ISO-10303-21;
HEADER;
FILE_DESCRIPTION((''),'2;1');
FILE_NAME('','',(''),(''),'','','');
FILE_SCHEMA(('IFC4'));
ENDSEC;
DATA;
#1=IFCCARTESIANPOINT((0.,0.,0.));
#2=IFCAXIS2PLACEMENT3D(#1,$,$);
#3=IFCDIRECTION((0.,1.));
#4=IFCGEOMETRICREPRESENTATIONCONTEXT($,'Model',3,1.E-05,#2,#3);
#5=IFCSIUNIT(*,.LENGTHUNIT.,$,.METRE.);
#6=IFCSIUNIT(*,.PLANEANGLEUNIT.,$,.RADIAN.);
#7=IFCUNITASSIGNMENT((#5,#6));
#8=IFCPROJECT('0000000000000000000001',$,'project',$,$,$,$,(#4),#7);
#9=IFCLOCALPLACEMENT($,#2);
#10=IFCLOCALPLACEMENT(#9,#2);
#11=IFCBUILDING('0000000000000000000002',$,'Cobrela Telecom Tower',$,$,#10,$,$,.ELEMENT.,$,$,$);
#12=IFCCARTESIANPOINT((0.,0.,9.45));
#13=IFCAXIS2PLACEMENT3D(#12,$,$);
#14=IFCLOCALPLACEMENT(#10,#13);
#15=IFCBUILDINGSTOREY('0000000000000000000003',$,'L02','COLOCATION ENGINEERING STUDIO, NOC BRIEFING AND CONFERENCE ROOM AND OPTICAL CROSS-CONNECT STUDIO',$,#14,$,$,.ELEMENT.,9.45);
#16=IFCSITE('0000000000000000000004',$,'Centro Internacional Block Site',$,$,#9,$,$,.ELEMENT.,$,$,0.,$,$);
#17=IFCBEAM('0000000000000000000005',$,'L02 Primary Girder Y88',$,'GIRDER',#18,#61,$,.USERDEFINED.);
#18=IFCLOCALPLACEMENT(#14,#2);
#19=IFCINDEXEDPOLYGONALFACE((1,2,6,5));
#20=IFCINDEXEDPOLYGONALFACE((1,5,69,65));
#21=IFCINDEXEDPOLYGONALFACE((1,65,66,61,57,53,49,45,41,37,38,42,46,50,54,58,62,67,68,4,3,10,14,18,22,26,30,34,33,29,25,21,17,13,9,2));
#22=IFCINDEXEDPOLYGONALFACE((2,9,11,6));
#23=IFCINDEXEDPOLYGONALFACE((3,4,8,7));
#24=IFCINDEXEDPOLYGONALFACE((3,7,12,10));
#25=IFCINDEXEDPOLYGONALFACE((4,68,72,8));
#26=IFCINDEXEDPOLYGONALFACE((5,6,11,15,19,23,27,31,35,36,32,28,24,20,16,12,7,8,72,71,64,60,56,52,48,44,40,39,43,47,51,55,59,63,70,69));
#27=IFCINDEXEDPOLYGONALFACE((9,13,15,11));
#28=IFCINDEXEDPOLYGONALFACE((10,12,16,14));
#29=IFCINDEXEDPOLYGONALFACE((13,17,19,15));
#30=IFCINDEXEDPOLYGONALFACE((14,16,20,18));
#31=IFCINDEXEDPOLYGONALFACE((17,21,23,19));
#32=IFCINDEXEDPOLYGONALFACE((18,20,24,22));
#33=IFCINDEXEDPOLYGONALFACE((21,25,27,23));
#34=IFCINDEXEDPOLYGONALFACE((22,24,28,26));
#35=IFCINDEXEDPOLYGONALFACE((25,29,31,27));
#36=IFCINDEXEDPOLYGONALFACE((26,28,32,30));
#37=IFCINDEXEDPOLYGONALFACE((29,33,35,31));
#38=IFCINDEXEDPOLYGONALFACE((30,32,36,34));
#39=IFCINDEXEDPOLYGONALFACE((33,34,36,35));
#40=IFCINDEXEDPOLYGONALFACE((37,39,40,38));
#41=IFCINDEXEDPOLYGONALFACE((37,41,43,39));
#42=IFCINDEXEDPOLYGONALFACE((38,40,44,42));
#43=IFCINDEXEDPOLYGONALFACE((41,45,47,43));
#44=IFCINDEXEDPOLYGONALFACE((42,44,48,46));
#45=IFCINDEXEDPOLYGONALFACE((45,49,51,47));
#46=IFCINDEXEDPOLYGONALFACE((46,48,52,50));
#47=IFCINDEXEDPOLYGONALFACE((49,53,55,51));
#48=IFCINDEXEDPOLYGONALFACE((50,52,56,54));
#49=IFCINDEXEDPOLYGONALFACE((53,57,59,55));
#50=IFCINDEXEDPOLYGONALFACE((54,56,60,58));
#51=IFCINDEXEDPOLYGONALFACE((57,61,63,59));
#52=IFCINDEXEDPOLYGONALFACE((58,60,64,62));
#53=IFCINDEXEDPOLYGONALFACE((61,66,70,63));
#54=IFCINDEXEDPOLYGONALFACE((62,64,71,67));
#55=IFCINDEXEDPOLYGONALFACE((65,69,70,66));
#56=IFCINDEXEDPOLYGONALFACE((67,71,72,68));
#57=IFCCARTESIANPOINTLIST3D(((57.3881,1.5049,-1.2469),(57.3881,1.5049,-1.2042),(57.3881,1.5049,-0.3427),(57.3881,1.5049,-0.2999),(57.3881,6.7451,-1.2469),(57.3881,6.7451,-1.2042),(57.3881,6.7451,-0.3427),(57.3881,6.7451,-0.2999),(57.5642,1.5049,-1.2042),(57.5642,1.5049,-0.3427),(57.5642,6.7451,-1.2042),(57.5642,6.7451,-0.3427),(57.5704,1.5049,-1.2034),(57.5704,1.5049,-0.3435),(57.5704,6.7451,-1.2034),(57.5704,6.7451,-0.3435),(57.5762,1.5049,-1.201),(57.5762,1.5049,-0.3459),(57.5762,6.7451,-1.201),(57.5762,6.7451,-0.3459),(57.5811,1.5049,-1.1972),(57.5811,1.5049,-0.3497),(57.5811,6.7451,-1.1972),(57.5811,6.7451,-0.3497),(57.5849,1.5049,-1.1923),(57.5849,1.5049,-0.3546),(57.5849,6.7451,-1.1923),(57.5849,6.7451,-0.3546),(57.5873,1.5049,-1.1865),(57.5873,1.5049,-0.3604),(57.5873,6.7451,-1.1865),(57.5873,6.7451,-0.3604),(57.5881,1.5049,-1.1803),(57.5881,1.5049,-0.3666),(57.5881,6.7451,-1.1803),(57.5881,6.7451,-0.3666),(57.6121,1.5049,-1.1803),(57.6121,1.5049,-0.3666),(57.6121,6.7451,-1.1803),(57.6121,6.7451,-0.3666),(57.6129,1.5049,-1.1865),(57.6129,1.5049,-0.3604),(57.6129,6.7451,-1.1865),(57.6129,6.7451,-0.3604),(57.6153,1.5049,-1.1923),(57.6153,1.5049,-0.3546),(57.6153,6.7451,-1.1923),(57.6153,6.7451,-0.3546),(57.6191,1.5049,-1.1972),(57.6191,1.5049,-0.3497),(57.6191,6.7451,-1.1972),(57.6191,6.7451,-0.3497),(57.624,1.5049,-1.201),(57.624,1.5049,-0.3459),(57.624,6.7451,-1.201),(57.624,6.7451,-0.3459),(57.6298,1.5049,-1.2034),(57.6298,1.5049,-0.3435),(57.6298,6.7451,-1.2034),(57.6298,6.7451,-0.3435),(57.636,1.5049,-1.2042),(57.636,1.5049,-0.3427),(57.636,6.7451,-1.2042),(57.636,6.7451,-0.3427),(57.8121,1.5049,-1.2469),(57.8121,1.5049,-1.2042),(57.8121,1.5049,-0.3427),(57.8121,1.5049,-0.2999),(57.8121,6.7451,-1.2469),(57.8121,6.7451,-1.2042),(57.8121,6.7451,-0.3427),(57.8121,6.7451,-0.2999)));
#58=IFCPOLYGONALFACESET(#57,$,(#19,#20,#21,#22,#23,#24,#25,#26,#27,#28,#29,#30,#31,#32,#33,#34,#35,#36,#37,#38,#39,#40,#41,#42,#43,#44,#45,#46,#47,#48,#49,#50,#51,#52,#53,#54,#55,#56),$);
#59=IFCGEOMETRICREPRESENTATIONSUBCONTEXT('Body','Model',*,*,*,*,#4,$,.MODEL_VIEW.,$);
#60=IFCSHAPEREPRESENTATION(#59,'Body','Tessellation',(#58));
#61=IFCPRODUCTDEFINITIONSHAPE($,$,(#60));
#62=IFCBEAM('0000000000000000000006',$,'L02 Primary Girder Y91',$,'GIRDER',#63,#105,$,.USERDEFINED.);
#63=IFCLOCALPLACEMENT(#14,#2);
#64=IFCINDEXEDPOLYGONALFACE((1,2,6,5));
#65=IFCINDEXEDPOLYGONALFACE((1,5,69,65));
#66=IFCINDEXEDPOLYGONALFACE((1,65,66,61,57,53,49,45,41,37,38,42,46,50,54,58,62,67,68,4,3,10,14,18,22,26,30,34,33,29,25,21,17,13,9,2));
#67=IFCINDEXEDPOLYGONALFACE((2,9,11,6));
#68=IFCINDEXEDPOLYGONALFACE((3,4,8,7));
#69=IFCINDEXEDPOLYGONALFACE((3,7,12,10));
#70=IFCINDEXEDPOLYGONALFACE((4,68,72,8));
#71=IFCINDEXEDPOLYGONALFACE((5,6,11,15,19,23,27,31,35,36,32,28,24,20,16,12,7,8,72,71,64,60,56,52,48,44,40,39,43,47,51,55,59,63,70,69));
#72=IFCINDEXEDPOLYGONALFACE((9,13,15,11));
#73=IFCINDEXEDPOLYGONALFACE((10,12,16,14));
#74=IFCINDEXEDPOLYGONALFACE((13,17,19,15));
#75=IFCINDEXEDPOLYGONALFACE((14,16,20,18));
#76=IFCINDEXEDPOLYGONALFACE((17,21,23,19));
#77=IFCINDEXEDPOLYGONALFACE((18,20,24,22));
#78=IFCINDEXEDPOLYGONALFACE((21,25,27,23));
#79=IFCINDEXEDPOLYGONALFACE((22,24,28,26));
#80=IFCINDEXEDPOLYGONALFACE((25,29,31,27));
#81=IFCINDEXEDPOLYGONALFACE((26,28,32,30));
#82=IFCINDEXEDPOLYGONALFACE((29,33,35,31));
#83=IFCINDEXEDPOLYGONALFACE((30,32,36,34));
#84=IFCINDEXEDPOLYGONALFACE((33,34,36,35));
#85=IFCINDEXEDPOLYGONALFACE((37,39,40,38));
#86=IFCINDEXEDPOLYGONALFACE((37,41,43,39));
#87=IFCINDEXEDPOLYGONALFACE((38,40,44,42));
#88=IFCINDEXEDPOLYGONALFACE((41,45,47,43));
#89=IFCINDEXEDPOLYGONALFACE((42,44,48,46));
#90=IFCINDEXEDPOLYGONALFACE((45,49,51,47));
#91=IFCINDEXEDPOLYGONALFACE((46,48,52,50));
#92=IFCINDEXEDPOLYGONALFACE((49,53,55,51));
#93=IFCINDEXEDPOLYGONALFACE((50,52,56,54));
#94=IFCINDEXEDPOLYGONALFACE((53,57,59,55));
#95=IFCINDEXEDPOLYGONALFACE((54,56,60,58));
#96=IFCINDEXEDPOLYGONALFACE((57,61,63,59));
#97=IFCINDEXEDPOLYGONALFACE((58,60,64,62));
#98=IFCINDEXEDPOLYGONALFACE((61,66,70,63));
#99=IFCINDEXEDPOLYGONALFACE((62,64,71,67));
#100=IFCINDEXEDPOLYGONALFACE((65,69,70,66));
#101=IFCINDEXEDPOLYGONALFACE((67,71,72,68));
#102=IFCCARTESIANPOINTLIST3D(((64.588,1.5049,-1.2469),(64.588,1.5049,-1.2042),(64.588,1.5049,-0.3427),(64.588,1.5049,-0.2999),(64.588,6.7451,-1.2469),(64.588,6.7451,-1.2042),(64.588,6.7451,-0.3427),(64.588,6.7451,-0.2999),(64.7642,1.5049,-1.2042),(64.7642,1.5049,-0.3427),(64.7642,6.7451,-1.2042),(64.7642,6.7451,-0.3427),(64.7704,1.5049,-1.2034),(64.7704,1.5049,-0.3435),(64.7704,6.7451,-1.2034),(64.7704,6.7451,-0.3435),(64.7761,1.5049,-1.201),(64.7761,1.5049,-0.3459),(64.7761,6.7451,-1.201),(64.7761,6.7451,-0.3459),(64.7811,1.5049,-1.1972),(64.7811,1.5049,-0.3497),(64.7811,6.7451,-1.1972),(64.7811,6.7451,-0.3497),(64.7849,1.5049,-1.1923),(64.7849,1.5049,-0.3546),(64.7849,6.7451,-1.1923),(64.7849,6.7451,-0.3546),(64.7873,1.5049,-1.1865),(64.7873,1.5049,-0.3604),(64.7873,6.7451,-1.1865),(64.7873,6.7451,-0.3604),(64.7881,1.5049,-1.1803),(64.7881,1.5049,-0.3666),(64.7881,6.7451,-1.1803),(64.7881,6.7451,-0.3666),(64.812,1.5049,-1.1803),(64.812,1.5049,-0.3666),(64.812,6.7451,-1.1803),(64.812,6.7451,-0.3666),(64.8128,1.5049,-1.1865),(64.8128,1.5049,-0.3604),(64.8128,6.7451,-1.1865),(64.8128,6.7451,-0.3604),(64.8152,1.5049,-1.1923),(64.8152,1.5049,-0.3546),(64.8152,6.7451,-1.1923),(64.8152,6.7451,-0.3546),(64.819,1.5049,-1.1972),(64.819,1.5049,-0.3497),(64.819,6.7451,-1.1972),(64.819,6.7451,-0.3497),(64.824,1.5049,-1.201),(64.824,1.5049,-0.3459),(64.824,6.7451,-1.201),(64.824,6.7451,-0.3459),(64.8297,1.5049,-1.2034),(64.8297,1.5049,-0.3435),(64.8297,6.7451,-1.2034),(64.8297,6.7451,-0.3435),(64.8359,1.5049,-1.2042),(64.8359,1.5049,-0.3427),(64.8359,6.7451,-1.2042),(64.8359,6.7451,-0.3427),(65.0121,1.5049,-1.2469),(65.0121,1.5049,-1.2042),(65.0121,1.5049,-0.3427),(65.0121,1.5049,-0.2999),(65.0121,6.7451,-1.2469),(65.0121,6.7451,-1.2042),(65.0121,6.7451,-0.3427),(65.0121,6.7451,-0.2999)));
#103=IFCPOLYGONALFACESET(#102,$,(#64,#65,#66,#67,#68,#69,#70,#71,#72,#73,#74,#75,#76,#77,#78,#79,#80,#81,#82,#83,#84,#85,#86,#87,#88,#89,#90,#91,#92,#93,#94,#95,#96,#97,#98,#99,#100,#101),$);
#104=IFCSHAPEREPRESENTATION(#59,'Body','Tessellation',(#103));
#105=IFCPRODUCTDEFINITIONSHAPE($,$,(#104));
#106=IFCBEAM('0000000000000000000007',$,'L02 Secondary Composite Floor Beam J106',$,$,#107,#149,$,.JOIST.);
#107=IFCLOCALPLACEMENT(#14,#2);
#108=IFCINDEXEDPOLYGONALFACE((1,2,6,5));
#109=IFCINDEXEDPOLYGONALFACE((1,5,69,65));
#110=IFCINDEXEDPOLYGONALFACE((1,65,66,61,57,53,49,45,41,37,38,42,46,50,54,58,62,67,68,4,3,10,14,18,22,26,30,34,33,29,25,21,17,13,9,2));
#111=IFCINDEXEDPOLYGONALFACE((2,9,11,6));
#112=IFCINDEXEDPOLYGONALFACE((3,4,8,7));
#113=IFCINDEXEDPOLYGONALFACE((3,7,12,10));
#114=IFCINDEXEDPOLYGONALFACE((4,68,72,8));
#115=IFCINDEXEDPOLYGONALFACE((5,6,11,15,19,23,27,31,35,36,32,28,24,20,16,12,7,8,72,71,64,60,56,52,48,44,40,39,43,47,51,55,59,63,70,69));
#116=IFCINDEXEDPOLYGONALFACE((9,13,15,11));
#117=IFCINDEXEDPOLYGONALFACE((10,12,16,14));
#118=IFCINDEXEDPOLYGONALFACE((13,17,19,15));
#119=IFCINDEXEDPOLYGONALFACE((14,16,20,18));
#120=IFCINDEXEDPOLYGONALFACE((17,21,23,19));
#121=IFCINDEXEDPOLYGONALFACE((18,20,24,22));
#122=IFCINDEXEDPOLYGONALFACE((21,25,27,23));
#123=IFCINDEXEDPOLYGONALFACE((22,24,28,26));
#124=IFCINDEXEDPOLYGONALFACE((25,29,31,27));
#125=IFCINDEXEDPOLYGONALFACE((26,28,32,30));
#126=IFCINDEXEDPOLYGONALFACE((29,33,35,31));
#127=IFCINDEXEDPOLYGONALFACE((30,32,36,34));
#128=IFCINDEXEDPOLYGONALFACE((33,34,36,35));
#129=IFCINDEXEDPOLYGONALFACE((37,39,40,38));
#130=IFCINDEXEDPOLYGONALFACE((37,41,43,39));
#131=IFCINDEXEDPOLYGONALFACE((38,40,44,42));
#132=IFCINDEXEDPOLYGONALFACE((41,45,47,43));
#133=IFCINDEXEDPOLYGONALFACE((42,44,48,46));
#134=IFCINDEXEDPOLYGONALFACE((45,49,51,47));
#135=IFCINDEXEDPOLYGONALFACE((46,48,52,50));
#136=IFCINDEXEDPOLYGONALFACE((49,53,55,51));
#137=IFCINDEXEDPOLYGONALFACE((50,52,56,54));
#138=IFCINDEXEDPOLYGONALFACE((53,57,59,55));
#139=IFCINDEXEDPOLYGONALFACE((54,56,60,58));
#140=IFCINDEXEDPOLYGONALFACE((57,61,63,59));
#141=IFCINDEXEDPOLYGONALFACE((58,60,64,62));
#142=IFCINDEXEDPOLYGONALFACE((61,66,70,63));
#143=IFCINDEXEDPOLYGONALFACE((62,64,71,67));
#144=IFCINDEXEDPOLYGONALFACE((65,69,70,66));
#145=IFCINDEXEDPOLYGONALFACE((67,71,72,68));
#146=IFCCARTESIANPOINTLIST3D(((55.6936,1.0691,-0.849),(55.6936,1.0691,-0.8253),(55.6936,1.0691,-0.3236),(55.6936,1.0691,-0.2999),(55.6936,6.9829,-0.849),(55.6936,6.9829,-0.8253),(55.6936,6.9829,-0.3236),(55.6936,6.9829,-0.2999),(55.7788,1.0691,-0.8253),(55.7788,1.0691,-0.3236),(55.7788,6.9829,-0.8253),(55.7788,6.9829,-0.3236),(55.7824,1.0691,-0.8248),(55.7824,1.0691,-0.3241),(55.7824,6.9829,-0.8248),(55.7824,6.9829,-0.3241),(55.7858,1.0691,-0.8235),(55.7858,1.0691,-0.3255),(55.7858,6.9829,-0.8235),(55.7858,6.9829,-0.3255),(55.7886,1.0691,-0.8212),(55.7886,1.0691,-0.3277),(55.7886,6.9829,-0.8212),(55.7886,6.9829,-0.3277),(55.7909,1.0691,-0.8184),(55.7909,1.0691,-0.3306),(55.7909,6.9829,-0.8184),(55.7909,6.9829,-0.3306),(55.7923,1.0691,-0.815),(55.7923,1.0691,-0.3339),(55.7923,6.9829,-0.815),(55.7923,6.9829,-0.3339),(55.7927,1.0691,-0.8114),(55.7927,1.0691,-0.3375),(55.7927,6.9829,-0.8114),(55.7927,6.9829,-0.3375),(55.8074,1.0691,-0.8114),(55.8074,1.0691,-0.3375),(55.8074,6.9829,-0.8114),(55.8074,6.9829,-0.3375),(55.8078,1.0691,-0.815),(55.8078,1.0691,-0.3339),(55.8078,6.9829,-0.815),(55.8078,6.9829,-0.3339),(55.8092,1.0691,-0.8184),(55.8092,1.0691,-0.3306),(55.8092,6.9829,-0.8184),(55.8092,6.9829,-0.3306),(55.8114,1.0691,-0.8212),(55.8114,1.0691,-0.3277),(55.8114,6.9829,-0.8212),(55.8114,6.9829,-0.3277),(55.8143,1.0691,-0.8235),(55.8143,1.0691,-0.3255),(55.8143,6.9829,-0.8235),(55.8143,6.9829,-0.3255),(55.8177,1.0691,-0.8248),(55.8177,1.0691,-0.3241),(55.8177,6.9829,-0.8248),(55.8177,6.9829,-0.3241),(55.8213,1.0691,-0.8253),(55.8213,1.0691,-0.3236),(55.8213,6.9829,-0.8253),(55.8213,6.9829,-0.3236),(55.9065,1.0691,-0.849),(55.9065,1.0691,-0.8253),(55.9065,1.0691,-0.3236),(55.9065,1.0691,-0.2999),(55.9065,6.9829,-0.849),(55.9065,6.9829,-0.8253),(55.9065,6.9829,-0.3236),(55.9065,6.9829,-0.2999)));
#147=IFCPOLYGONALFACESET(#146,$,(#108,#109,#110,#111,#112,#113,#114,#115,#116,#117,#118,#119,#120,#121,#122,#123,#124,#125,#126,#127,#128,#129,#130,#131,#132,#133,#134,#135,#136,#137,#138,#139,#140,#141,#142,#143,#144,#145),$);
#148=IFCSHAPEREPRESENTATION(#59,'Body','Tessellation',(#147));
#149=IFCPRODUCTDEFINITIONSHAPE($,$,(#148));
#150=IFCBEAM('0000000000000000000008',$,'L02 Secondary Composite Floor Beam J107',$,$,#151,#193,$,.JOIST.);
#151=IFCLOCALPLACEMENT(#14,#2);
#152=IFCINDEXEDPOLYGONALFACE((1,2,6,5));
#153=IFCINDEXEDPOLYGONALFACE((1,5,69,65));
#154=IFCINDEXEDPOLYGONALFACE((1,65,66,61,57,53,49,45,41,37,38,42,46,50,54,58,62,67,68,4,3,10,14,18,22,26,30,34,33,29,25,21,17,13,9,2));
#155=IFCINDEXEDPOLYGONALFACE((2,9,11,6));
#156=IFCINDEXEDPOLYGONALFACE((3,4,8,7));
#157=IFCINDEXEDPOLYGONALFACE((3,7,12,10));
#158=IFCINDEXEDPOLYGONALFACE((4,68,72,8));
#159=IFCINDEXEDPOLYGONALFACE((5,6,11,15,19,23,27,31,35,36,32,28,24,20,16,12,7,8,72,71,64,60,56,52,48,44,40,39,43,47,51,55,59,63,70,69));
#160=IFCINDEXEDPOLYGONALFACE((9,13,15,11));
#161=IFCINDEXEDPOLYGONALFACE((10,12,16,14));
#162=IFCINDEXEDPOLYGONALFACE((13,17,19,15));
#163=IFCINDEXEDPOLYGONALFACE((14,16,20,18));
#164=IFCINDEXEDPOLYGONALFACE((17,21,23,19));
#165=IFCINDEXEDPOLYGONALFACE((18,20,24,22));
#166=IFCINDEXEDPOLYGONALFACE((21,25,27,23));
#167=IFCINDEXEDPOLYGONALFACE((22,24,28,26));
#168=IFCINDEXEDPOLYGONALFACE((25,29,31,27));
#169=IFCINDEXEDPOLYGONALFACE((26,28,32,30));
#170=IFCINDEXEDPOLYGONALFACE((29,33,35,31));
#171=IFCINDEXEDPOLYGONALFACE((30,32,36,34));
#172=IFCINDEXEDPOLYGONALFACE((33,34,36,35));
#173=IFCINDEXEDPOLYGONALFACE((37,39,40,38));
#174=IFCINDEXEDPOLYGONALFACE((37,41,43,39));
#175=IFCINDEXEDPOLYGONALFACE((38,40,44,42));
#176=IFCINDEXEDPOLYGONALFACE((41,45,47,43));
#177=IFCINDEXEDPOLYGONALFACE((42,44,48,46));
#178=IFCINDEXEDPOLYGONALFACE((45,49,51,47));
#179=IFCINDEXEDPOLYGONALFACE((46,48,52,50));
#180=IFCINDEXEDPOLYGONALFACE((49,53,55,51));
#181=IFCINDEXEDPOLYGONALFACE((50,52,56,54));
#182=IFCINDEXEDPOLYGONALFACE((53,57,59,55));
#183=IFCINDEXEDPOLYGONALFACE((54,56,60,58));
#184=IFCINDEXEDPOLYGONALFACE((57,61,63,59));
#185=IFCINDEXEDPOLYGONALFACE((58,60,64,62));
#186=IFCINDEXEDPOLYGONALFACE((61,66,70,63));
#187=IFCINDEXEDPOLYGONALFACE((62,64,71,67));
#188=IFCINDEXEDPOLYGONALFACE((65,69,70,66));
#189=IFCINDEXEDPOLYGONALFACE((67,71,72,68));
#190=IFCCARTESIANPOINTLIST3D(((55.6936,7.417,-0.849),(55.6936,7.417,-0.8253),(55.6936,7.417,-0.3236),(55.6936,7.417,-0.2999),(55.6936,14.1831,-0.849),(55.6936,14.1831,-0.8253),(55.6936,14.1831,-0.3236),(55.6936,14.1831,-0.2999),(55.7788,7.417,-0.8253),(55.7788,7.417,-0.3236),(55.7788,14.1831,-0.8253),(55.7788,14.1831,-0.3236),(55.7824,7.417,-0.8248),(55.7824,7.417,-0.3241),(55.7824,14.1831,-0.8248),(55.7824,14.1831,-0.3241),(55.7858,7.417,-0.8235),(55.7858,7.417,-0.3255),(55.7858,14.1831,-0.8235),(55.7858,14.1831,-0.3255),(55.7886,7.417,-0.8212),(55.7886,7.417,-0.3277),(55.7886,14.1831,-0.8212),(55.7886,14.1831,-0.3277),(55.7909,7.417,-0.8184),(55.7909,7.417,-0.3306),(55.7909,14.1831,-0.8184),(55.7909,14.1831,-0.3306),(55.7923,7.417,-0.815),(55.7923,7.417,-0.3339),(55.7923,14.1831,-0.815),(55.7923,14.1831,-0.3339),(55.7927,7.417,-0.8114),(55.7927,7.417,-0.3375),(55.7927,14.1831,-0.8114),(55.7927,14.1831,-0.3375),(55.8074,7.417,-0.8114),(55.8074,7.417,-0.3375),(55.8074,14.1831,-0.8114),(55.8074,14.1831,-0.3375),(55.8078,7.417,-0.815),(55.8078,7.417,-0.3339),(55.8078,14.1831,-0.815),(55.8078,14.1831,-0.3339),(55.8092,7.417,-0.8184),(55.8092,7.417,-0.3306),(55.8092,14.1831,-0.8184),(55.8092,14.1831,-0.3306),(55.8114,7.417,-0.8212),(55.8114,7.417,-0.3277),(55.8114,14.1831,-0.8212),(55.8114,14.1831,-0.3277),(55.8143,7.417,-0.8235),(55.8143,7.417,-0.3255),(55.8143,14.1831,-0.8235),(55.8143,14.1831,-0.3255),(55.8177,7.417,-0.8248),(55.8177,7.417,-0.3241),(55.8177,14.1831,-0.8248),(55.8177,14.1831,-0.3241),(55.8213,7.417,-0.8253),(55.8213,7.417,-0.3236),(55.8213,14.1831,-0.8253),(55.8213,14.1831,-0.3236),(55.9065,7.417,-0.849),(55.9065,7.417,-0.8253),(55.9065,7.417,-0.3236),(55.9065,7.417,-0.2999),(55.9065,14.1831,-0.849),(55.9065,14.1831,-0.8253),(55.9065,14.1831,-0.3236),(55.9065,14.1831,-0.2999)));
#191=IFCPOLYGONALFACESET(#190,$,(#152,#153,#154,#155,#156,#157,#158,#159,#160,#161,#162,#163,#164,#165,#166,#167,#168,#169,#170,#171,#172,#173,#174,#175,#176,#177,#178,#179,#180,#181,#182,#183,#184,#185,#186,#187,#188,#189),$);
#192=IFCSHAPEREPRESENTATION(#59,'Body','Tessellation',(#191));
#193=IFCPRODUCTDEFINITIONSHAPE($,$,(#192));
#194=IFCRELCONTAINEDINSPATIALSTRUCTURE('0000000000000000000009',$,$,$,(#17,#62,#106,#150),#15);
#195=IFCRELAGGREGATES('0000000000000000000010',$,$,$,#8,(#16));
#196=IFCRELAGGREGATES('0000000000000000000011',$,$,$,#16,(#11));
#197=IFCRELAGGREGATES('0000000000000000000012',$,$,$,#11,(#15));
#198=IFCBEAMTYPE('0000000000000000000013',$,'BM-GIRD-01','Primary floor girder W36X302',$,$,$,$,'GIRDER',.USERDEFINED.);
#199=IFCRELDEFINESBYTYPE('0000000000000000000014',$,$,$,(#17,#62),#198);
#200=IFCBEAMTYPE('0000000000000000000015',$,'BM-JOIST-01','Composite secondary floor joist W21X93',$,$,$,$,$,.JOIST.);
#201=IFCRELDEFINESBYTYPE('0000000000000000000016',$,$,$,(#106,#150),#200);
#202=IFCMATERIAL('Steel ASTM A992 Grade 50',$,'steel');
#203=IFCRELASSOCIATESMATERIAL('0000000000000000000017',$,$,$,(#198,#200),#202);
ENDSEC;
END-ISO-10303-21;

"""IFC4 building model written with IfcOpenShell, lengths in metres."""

from ifc_helpers import new_model, si_unit, direction, frame, origin, origin_2d, place, context, subcontext, project, spatial, i_section, extrude, material, material_profile, profile_set, type_object, element, save


model = new_model("IFC4")

# Units and contexts
model_context = context("Model", 3, precision=1e-05, world=origin(), true_north=direction((0.0, 1.0)))
body_context = subcontext(model_context, "Body", "Model", "MODEL_VIEW")
ifc_project = project(units=[si_unit("LENGTHUNIT", "METRE"), si_unit("PLANEANGLEUNIT", "RADIAN")], contexts=[model_context])

# Site, building, storey
site_placement = place(None, origin())
site = spatial("IfcSite", under=ifc_project, at=site_placement, Name="Centro Internacional Block Site", CompositionType="ELEMENT", RefElevation=0.0)
building_placement = place(site_placement, origin())
building = spatial("IfcBuilding", under=site, at=building_placement, Name="Cobrela Telecom Tower", CompositionType="ELEMENT")
storey_placement = place(building_placement, frame((0.0, 0.0, 9.45)))
storey = spatial("IfcBuildingStorey", under=building, at=storey_placement, Name="L02", Description="COLOCATION ENGINEERING STUDIO, NOC BRIEFING AND CONFERENCE ROOM AND OPTICAL CROSS-CONNECT STUDIO", CompositionType="ELEMENT", Elevation=9.45)

# Beams
ifc_material_1 = material(Name="Steel ASTM A992 Grade 50", Category="steel")
ifc_material_profile_1 = material_profile(ifc_material_1, i_section(OverallWidth=0.4241, OverallDepth=0.947, WebThickness=0.0239, FlangeThickness=0.0427, FilletRadius=0.0239, at=origin_2d()), Name="W36X302")
ifc_profile_set_1 = profile_set([ifc_material_profile_1], Name="Steel ASTM A992 Grade 50")
beam_type_1 = type_object("IfcBeamType", Name="BM-GIRD-01", Description="Primary floor girder W36X302", ElementType="GIRDER", PredefinedType="USERDEFINED", material=ifc_profile_set_1)
for number, where, z_axis, x_axis, name in (
    (1, (57.6001, 1.5049, -0.7734), (0.0, 1.0, 0.0), (-1.0, 0.0, 0.0), "L02 Primary Girder Y88"),
    (2, (64.8, 1.5049, -0.7734), (0.0, 1.0, 0.0), (-1.0, 0.0, 0.0), "L02 Primary Girder Y91"),
):
    element("IfcBeam", number, at=place(storey_placement, frame(where, z_axis=z_axis, x_axis=x_axis)), inside=storey, type_object=beam_type_1, Name=name, ObjectType="GIRDER", PredefinedType="USERDEFINED", context=body_context, shape_type="SweptSolid", body=[
        extrude(i_section(OverallWidth=0.4241, OverallDepth=0.947, WebThickness=0.0239, FlangeThickness=0.0427, FilletRadius=0.0239, at=origin_2d()), origin(), (0.0, 0.0, 1.0), 5.2402),
    ])
ifc_material_profile_2 = material_profile(ifc_material_1, i_section(OverallWidth=0.2129, OverallDepth=0.5491, WebThickness=0.0146, FlangeThickness=0.0237, FilletRadius=0.0139, at=origin_2d()), Name="W21X93")
ifc_profile_set_2 = profile_set([ifc_material_profile_2], Name="Steel ASTM A992 Grade 50")
beam_type_2 = type_object("IfcBeamType", Name="BM-JOIST-01", Description="Composite secondary floor joist W21X93", PredefinedType="JOIST", material=ifc_profile_set_2)
beam_1_placement = place(storey_placement, frame((55.8, 1.0691, -0.5745), z_axis=(0.0, 1.0, 0.0), x_axis=(-1.0, 0.0, 0.0)))
element("IfcBeam", 3, at=beam_1_placement, inside=storey, type_object=beam_type_2, Name="L02 Secondary Composite Floor Beam J106", PredefinedType="JOIST", context=body_context, shape_type="SweptSolid", body=[
    extrude(i_section(OverallWidth=0.2129, OverallDepth=0.5491, WebThickness=0.0146, FlangeThickness=0.0237, FilletRadius=0.0139, at=origin_2d()), origin(), (0.0, 0.0, 1.0), 5.9138),
])
beam_2_placement = place(storey_placement, frame((55.8, 7.417, -0.5745), z_axis=(0.0, 1.0, 0.0), x_axis=(-1.0, 0.0, 0.0)))
element("IfcBeam", 4, at=beam_2_placement, inside=storey, type_object=beam_type_2, Name="L02 Secondary Composite Floor Beam J107", PredefinedType="JOIST", context=body_context, shape_type="SweptSolid", body=[
    extrude(i_section(OverallWidth=0.2129, OverallDepth=0.5491, WebThickness=0.0146, FlangeThickness=0.0237, FilletRadius=0.0139, at=origin_2d()), origin(), (0.0, 0.0, 1.0), 6.7661),
])

save(model, "model.ifc")
